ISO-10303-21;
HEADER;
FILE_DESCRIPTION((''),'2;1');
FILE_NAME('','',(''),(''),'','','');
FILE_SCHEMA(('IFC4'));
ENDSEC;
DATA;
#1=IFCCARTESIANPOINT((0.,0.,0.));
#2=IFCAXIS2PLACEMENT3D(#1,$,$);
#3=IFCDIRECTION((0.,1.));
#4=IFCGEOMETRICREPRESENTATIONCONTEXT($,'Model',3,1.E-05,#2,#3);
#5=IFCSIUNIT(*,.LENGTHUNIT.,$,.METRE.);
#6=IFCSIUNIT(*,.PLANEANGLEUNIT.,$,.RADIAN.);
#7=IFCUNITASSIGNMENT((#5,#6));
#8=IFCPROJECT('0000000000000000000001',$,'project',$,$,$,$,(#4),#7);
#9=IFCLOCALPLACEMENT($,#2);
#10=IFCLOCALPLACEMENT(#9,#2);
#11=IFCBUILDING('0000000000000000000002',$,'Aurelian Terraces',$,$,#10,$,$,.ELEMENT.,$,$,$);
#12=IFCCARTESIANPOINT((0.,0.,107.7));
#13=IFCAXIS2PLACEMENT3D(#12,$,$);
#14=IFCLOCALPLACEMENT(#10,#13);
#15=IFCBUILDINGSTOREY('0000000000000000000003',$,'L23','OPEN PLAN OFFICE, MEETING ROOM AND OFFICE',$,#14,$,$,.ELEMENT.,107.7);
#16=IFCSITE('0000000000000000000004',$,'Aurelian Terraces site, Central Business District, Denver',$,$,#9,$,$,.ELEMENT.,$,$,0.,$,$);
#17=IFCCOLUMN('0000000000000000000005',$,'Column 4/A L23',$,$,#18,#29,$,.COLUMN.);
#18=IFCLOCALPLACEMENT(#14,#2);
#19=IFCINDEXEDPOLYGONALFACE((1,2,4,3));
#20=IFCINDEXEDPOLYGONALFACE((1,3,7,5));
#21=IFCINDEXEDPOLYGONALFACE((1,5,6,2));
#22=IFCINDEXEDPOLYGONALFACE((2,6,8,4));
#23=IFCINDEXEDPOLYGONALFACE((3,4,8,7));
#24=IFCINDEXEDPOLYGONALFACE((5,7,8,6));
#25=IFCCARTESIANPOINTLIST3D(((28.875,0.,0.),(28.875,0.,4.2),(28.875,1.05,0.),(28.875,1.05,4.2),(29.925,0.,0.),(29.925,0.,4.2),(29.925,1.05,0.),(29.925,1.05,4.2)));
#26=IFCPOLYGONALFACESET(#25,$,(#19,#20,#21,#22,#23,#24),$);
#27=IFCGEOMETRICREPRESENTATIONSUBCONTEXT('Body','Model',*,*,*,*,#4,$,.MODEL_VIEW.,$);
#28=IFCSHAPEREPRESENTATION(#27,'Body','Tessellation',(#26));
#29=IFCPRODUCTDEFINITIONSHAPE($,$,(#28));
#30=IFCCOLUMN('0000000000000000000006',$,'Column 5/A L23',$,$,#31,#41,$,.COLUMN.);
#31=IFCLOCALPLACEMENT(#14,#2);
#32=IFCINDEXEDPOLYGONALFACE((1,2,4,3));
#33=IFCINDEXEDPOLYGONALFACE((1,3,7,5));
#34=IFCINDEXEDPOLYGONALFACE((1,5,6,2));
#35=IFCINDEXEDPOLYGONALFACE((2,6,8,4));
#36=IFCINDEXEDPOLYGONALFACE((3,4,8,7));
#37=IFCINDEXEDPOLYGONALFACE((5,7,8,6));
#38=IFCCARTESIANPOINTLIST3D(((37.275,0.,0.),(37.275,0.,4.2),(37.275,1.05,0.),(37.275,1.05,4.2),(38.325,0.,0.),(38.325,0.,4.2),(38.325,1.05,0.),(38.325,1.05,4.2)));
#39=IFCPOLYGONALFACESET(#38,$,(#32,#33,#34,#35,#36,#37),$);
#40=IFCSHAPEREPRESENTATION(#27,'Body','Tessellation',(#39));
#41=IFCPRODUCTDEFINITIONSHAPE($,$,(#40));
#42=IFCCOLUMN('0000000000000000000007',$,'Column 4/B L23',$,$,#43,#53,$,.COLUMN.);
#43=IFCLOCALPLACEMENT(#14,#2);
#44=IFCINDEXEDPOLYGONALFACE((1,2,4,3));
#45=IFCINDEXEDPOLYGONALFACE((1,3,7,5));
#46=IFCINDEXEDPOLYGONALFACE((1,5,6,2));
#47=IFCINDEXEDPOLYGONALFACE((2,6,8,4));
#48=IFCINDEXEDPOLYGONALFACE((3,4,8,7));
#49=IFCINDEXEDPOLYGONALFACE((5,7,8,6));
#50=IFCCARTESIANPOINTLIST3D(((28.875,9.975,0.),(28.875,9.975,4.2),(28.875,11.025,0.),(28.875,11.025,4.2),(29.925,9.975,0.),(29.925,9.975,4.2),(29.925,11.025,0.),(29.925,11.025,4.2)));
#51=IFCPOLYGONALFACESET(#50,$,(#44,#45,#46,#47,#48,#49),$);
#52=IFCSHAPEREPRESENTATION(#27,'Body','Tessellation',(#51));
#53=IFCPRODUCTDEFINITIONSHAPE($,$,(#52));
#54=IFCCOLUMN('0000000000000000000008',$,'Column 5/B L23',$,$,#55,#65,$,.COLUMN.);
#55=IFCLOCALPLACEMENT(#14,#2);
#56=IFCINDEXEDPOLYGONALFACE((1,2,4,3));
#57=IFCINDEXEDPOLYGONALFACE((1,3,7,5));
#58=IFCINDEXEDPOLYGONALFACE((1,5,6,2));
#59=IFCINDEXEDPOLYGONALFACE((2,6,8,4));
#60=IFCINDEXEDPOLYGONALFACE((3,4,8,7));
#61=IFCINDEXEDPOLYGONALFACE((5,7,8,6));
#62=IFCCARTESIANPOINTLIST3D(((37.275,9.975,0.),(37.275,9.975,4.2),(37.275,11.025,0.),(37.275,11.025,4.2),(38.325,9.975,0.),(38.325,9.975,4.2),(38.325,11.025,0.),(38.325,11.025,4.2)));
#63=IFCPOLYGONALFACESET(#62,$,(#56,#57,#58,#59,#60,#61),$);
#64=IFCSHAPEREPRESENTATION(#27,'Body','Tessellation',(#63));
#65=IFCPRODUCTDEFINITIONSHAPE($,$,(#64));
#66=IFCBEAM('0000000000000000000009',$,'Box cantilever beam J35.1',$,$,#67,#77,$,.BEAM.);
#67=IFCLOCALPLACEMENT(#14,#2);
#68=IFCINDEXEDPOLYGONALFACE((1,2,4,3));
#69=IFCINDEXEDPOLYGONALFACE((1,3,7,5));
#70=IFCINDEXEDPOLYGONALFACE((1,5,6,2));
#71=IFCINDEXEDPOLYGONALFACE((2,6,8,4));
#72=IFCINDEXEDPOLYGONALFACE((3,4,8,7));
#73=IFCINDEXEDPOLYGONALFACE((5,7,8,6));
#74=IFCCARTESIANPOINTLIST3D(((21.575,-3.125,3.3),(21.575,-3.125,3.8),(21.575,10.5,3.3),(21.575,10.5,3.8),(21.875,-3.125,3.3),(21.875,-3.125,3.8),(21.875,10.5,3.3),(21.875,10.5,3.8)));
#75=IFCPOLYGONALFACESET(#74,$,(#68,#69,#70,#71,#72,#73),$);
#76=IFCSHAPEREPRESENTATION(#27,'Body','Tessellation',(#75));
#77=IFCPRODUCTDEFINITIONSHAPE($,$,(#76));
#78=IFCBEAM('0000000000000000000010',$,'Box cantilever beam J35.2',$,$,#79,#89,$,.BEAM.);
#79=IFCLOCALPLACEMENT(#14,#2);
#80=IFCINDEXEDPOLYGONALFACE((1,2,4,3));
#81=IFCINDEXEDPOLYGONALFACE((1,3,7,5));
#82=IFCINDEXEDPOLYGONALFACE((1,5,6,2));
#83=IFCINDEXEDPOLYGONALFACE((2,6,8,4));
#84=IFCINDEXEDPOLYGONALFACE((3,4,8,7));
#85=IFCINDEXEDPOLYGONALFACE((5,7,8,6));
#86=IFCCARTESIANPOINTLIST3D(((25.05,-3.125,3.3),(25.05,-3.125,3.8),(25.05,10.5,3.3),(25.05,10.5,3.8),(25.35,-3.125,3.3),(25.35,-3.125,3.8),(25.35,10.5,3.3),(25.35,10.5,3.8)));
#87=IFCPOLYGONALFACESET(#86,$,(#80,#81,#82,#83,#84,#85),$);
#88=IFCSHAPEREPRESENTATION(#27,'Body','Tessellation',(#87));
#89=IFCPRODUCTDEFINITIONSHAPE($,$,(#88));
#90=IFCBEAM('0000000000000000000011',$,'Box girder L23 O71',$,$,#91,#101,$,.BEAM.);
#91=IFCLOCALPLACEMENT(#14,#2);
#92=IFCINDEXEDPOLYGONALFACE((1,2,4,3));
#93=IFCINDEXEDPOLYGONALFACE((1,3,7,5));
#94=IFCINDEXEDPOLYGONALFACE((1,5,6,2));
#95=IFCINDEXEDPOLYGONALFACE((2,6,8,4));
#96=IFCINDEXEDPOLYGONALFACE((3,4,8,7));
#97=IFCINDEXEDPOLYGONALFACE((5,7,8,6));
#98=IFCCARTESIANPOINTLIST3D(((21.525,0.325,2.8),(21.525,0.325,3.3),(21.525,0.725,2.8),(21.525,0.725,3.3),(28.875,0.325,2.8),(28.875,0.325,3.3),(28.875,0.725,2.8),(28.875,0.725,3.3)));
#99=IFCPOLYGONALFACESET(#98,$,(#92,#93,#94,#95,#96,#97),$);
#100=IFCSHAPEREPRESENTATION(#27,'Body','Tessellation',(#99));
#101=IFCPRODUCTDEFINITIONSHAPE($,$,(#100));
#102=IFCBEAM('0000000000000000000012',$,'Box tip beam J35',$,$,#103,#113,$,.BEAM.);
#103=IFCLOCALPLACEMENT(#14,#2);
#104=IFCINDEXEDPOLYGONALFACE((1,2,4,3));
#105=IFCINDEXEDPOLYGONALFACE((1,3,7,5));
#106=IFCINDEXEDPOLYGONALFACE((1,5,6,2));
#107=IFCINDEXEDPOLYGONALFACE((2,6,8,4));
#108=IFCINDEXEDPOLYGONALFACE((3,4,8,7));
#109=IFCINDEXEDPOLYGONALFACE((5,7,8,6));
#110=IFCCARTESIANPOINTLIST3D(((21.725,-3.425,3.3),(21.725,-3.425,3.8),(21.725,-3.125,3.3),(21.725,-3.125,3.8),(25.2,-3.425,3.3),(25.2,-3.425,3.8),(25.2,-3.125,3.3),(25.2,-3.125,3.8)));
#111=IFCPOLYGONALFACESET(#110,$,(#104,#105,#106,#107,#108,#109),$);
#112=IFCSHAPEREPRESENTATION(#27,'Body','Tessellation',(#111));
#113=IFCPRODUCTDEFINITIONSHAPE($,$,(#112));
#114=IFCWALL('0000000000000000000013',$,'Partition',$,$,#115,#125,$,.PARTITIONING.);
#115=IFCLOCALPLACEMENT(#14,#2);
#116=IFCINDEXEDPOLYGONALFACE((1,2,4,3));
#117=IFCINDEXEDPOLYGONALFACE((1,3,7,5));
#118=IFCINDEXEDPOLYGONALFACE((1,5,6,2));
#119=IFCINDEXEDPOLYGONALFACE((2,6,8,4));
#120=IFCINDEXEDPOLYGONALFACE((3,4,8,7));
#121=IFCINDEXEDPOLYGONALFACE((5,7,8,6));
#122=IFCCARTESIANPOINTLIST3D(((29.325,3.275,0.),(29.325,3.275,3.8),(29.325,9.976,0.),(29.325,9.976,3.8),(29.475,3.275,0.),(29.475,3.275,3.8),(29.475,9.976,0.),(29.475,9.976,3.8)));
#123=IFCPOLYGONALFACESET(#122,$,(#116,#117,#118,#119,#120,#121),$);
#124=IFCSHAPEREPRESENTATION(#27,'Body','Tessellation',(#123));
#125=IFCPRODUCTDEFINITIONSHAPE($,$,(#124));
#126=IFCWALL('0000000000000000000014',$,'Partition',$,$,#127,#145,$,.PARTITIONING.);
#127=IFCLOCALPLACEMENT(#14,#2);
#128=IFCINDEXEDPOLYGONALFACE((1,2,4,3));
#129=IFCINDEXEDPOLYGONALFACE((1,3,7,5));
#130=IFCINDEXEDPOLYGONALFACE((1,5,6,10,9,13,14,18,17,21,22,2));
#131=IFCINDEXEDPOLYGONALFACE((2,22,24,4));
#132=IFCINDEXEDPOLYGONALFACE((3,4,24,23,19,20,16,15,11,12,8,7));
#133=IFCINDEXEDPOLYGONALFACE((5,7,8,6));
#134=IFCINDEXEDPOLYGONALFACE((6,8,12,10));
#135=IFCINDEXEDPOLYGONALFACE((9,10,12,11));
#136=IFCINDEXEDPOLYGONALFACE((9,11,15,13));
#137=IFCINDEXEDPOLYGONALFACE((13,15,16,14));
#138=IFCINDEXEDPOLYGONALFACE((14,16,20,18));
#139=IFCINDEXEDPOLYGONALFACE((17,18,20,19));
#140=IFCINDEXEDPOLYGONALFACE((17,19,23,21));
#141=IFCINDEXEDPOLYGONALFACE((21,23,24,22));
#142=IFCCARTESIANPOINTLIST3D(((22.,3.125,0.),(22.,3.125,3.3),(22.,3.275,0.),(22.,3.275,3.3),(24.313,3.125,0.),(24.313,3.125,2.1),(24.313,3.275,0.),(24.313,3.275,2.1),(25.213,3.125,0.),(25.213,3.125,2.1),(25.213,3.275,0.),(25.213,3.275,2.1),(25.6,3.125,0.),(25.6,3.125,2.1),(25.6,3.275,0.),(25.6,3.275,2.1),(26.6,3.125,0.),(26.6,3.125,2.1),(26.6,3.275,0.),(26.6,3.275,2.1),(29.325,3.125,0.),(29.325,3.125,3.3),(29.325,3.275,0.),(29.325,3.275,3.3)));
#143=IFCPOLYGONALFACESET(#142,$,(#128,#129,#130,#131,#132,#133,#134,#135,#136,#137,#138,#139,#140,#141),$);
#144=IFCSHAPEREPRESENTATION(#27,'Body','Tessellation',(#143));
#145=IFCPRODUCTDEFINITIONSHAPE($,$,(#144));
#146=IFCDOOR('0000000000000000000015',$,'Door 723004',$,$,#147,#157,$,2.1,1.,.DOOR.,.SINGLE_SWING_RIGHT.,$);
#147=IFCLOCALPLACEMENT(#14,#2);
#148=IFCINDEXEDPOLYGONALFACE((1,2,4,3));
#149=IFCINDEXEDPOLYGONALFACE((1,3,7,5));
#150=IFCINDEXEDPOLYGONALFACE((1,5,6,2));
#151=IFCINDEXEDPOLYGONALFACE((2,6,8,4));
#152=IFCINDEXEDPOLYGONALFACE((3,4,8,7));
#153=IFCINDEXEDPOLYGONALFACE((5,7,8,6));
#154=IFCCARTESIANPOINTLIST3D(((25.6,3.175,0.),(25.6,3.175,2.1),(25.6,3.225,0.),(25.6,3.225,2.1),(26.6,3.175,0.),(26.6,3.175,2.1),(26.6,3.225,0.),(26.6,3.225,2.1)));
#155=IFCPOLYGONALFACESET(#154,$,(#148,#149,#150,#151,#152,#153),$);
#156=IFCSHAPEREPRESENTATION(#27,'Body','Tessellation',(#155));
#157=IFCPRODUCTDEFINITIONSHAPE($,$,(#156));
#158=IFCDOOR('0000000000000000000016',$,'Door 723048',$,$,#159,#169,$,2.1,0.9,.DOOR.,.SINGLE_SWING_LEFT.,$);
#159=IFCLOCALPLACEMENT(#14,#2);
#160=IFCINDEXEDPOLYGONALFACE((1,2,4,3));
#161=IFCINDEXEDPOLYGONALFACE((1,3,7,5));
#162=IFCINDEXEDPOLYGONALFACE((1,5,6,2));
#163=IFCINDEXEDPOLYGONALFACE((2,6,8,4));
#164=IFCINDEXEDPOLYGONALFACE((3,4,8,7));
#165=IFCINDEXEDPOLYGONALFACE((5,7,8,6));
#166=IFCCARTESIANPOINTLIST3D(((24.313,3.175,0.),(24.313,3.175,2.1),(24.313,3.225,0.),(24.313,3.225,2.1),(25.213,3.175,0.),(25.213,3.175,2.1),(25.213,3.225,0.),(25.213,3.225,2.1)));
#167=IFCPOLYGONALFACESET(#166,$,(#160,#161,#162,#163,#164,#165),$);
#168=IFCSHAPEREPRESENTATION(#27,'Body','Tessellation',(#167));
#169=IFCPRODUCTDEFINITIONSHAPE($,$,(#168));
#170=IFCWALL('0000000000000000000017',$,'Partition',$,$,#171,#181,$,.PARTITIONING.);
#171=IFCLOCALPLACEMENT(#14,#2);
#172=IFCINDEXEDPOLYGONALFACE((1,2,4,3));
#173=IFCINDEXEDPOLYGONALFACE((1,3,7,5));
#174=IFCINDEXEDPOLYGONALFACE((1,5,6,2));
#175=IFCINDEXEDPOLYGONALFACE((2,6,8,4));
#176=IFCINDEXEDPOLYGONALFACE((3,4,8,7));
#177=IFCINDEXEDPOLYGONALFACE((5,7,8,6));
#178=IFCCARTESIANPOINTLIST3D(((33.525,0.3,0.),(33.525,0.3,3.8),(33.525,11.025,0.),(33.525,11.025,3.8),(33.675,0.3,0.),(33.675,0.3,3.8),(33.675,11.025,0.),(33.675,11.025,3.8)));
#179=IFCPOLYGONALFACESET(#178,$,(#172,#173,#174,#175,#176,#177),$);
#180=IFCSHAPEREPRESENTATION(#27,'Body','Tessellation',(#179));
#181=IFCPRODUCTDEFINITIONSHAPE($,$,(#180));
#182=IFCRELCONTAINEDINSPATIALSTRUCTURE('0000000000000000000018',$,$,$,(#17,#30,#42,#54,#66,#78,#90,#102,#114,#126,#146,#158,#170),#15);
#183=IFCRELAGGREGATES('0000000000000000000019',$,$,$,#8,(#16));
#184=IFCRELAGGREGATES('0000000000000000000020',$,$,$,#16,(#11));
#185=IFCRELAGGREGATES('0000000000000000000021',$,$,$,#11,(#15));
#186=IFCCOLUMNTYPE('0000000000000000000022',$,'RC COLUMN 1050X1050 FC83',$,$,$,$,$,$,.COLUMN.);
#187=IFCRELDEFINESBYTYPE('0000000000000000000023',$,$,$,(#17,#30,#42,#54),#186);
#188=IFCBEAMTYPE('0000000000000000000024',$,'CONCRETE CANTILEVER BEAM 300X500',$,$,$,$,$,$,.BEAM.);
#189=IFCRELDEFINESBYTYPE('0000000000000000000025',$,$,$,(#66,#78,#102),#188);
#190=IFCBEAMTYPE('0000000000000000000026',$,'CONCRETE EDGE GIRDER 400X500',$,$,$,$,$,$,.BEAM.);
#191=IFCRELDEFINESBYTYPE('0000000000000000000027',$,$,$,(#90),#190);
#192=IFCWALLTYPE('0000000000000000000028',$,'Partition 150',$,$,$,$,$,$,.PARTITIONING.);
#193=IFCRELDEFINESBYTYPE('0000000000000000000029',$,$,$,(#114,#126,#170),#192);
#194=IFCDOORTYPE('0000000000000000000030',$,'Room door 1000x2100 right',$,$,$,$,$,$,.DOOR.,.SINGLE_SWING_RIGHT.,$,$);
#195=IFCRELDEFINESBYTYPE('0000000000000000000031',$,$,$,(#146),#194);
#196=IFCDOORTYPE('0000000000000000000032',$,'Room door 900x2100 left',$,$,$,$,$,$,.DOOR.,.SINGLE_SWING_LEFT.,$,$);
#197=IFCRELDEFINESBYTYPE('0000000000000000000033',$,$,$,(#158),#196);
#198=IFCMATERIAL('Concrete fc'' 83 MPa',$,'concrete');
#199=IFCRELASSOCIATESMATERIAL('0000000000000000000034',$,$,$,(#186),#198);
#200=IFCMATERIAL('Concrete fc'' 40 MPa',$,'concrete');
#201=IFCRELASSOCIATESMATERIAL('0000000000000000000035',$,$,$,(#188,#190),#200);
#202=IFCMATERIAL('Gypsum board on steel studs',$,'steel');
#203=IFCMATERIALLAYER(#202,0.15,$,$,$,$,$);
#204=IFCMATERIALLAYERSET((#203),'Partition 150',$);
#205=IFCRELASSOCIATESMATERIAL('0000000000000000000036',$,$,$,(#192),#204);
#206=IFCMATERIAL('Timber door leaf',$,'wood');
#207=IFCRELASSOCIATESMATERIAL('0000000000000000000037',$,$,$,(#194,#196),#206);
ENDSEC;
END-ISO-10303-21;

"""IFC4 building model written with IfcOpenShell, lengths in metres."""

from ifc_helpers import new_model, si_unit, direction, frame, frame_2d, origin, origin_2d, place, context, subcontext, project, spatial, rectangle, extrude, source, transform, mapped, material, layer, layer_set, material_profile, profile_set, type_object, element, fill, save


model = new_model("IFC4")

# Units and contexts
model_context = context("Model", 3, precision=1e-05, world=origin(), true_north=direction((0.0, 1.0)))
body_context = subcontext(model_context, "Body", "Model", "MODEL_VIEW")
ifc_project = project(units=[si_unit("LENGTHUNIT", "METRE"), si_unit("PLANEANGLEUNIT", "RADIAN")], contexts=[model_context])

# Site, building, storey
site_placement = place(None, origin())
site = spatial("IfcSite", under=ifc_project, at=site_placement, Name="Aurelian Terraces site, Central Business District, Denver", CompositionType="ELEMENT", RefElevation=0.0)
building_placement = place(site_placement, origin())
building = spatial("IfcBuilding", under=site, at=building_placement, Name="Aurelian Terraces", CompositionType="ELEMENT")
storey_placement = place(building_placement, frame((0.0, 0.0, 107.7)))
storey = spatial("IfcBuildingStorey", under=building, at=storey_placement, Name="L23", Description="OPEN PLAN OFFICE, MEETING ROOM AND OFFICE", CompositionType="ELEMENT", Elevation=107.7)

# Columns
ifc_material_1 = material(Name="Concrete fc' 83 MPa", Category="concrete")
ifc_material_profile_1 = material_profile(ifc_material_1, rectangle(XDim=1.05, YDim=1.05, at=origin_2d()))
ifc_profile_set_1 = profile_set([ifc_material_profile_1], Name="Concrete fc' 83 MPa")
column_type = type_object("IfcColumnType", Name="RC COLUMN 1050X1050 FC83", PredefinedType="COLUMN", material=ifc_profile_set_1)
shared_shape_1 = source(origin(), body_context, "Body", "SweptSolid", [
    extrude(rectangle(XDim=1.05, YDim=1.05, at=origin_2d()), origin(), (0.0, 0.0, 1.0), 4.2),
])
for number, where, z_axis, x_axis, name in (
    (1, (29.4, 0.525, 0.0), (0.0, 0.0, 1.0), (1.0, 0.0, 0.0), "Column 4/A L23"),
    (2, (37.8, 0.525, 0.0), (0.0, 0.0, 1.0), (1.0, 0.0, 0.0), "Column 5/A L23"),
    (3, (29.4, 10.5, 0.0), (0.0, 0.0, 1.0), (1.0, 0.0, 0.0), "Column 4/B L23"),
    (4, (37.8, 10.5, 0.0), (0.0, 0.0, 1.0), (1.0, 0.0, 0.0), "Column 5/B L23"),
):
    element("IfcColumn", number, at=place(storey_placement, frame(where, z_axis=z_axis, x_axis=x_axis)), inside=storey, type_object=column_type, Name=name, PredefinedType="COLUMN", context=body_context, shape_type="MappedRepresentation", body=[
        mapped(shared_shape_1, transform((0.0, 0.0, 0.0), scale=1.0)),
    ])

# Beams
ifc_material_2 = material(Name="Concrete fc' 40 MPa", Category="concrete")
ifc_material_profile_2 = material_profile(ifc_material_2, rectangle(XDim=0.3, YDim=0.5, at=origin_2d()))
ifc_profile_set_2 = profile_set([ifc_material_profile_2], Name="Concrete fc' 40 MPa")
beam_type_1 = type_object("IfcBeamType", Name="CONCRETE CANTILEVER BEAM 300X500", PredefinedType="BEAM", material=ifc_profile_set_2)
shared_shape_2 = source(origin(), body_context, "Body", "SweptSolid", [
    extrude(rectangle(XDim=0.3, YDim=0.5, at=origin_2d()), origin(), (0.0, 0.0, 1.0), 13.625),
])
for number, where, z_axis, x_axis, name in (
    (5, (21.725, -3.125, 3.55), (0.0, 1.0, 0.0), (-1.0, 0.0, 0.0), "Box cantilever beam J35.1"),
    (6, (25.2, -3.125, 3.55), (0.0, 1.0, 0.0), (-1.0, 0.0, 0.0), "Box cantilever beam J35.2"),
):
    element("IfcBeam", number, at=place(storey_placement, frame(where, z_axis=z_axis, x_axis=x_axis)), inside=storey, type_object=beam_type_1, Name=name, PredefinedType="BEAM", context=body_context, shape_type="MappedRepresentation", body=[
        mapped(shared_shape_2, transform((0.0, 0.0, 0.0), scale=1.0)),
    ])
ifc_material_profile_3 = material_profile(ifc_material_2, rectangle(XDim=0.4, YDim=0.5, at=origin_2d()))
ifc_profile_set_3 = profile_set([ifc_material_profile_3], Name="Concrete fc' 40 MPa")
beam_type_2 = type_object("IfcBeamType", Name="CONCRETE EDGE GIRDER 400X500", PredefinedType="BEAM", material=ifc_profile_set_3)
shared_shape_3 = source(origin(), body_context, "Body", "SweptSolid", [
    extrude(rectangle(XDim=0.4, YDim=0.5, at=origin_2d()), origin(), (0.0, 0.0, 1.0), 7.35),
])
beam_1_placement = place(storey_placement, frame((21.525, 0.525, 3.05), z_axis=(1.0, 0.0, 0.0), x_axis=(0.0, 1.0, 0.0)))
element("IfcBeam", 7, at=beam_1_placement, inside=storey, type_object=beam_type_2, Name="Box girder L23 O71", PredefinedType="BEAM", context=body_context, shape_type="MappedRepresentation", body=[
    mapped(shared_shape_3, transform((0.0, 0.0, 0.0), scale=1.0)),
])
shared_shape_4 = source(origin(), body_context, "Body", "SweptSolid", [
    extrude(rectangle(XDim=0.3, YDim=0.5, at=origin_2d()), origin(), (0.0, 0.0, 1.0), 3.475),
])
beam_2_placement = place(storey_placement, frame((21.725, -3.275, 3.55), z_axis=(1.0, 0.0, 0.0), x_axis=(0.0, 1.0, 0.0)))
element("IfcBeam", 8, at=beam_2_placement, inside=storey, type_object=beam_type_1, Name="Box tip beam J35", PredefinedType="BEAM", context=body_context, shape_type="MappedRepresentation", body=[
    mapped(shared_shape_4, transform((0.0, 0.0, 0.0), scale=1.0)),
])

# Wall
ifc_material_3 = material(Name="Gypsum board on steel studs", Category="steel")
ifc_layer_1 = layer(ifc_material_3, 0.15)
ifc_layer_set_1 = layer_set([ifc_layer_1], Name="Partition 150")
wall_type_1 = type_object("IfcWallType", Name="Partition 150", PredefinedType="PARTITIONING", material=ifc_layer_set_1)
wall_1_placement = place(storey_placement, frame((29.4, 3.275, 0.0), z_axis=(0.0, 0.0, 1.0), x_axis=(0.0, 1.0, 0.0)))
element("IfcWall", 9, at=wall_1_placement, inside=storey, type_object=wall_type_1, Name="Partition", PredefinedType="PARTITIONING", context=body_context, shape_type="SweptSolid", body=[
    extrude(rectangle(XDim=6.701, YDim=0.15, at=frame_2d((3.3505, 0.0))), origin(), (0.0, 0.0, 1.0), 3.8),
])

# Wall, openings, doors
wall_2_placement = place(storey_placement, frame((22.0, 3.2, 0.0), z_axis=(0.0, 0.0, 1.0), x_axis=(1.0, 0.0, 0.0)))
wall_2 = element("IfcWall", 10, at=wall_2_placement, inside=storey, type_object=wall_type_1, Name="Partition", PredefinedType="PARTITIONING", context=body_context, shape_type="SweptSolid", body=[
    extrude(rectangle(XDim=7.325, YDim=0.15, at=frame_2d((3.6625, 0.0))), origin(), (0.0, 0.0, 1.0), 3.3),
])
shared_shape_5 = source(origin(), body_context, "Body", "SweptSolid", [
    extrude(rectangle(XDim=1.0, YDim=2.1, at=frame_2d((0.5, 1.05))), frame((0.0, 0.085, 0.0), z_axis=(0.0, -1.0, 0.0), x_axis=(1.0, 0.0, 0.0)), (0.0, 0.0, 1.0), 0.17),
])
opening_1_placement = place(wall_2_placement, frame((3.6, 0.0, 0.0)))
opening_1 = element("IfcOpeningElement", 11, at=opening_1_placement, cuts=wall_2, PredefinedType="OPENING", context=body_context, shape_type="MappedRepresentation", body=[
    mapped(shared_shape_5, transform((0.0, 0.0, 0.0), scale=1.0)),
])
shared_shape_6 = source(origin(), body_context, "Body", "SweptSolid", [
    extrude(rectangle(XDim=0.9, YDim=2.1, at=frame_2d((0.45, 1.05))), frame((0.0, 0.085, 0.0), z_axis=(0.0, -1.0, 0.0), x_axis=(1.0, 0.0, 0.0)), (0.0, 0.0, 1.0), 0.17),
])
opening_2_placement = place(wall_2_placement, frame((2.313, 0.0, 0.0)))
opening_2 = element("IfcOpeningElement", 12, at=opening_2_placement, cuts=wall_2, PredefinedType="OPENING", context=body_context, shape_type="MappedRepresentation", body=[
    mapped(shared_shape_6, transform((0.0, 0.0, 0.0), scale=1.0)),
])
ifc_material_4 = material(Name="Timber door leaf", Category="wood")
door_type_1 = type_object("IfcDoorType", Name="Room door 1000x2100 right", OperationType="SINGLE_SWING_RIGHT", PredefinedType="DOOR", material=ifc_material_4)
shared_shape_7 = source(origin(), body_context, "Body", "SweptSolid", [
    extrude(rectangle(XDim=1.0, YDim=2.1, at=frame_2d((0.5, 1.05))), frame((0.0, 0.025, 0.0), z_axis=(0.0, -1.0, 0.0), x_axis=(1.0, 0.0, 0.0)), (0.0, 0.0, 1.0), 0.05),
])
door_1_placement = place(opening_1_placement, origin())
door_1 = element("IfcDoor", 13, at=door_1_placement, inside=storey, type_object=door_type_1, Name="Door 723004", OperationType="SINGLE_SWING_RIGHT", OverallHeight=2.1, OverallWidth=1.0, PredefinedType="DOOR", context=body_context, shape_type="MappedRepresentation", body=[
    mapped(shared_shape_7, transform((0.0, 0.0, 0.0), scale=1.0)),
])
fill(opening_1, door_1)
door_type_2 = type_object("IfcDoorType", Name="Room door 900x2100 left", OperationType="SINGLE_SWING_LEFT", PredefinedType="DOOR", material=ifc_material_4)
shared_shape_8 = source(origin(), body_context, "Body", "SweptSolid", [
    extrude(rectangle(XDim=0.9, YDim=2.1, at=frame_2d((0.45, 1.05))), frame((0.0, 0.025, 0.0), z_axis=(0.0, -1.0, 0.0), x_axis=(1.0, 0.0, 0.0)), (0.0, 0.0, 1.0), 0.05),
])
door_2_placement = place(opening_2_placement, origin())
door_2 = element("IfcDoor", 14, at=door_2_placement, inside=storey, type_object=door_type_2, Name="Door 723048", OperationType="SINGLE_SWING_LEFT", OverallHeight=2.1, OverallWidth=0.9, PredefinedType="DOOR", context=body_context, shape_type="MappedRepresentation", body=[
    mapped(shared_shape_8, transform((0.0, 0.0, 0.0), scale=1.0)),
])
fill(opening_2, door_2)

# Wall
wall_3_placement = place(storey_placement, frame((33.6, 0.3, 0.0), z_axis=(0.0, 0.0, 1.0), x_axis=(0.0, 1.0, 0.0)))
element("IfcWall", 15, at=wall_3_placement, inside=storey, type_object=wall_type_1, Name="Partition", PredefinedType="PARTITIONING", context=body_context, shape_type="SweptSolid", body=[
    extrude(rectangle(XDim=10.725, YDim=0.15, at=frame_2d((5.3625, 0.0))), origin(), (0.0, 0.0, 1.0), 3.8),
])

save(model, "model.ifc")
